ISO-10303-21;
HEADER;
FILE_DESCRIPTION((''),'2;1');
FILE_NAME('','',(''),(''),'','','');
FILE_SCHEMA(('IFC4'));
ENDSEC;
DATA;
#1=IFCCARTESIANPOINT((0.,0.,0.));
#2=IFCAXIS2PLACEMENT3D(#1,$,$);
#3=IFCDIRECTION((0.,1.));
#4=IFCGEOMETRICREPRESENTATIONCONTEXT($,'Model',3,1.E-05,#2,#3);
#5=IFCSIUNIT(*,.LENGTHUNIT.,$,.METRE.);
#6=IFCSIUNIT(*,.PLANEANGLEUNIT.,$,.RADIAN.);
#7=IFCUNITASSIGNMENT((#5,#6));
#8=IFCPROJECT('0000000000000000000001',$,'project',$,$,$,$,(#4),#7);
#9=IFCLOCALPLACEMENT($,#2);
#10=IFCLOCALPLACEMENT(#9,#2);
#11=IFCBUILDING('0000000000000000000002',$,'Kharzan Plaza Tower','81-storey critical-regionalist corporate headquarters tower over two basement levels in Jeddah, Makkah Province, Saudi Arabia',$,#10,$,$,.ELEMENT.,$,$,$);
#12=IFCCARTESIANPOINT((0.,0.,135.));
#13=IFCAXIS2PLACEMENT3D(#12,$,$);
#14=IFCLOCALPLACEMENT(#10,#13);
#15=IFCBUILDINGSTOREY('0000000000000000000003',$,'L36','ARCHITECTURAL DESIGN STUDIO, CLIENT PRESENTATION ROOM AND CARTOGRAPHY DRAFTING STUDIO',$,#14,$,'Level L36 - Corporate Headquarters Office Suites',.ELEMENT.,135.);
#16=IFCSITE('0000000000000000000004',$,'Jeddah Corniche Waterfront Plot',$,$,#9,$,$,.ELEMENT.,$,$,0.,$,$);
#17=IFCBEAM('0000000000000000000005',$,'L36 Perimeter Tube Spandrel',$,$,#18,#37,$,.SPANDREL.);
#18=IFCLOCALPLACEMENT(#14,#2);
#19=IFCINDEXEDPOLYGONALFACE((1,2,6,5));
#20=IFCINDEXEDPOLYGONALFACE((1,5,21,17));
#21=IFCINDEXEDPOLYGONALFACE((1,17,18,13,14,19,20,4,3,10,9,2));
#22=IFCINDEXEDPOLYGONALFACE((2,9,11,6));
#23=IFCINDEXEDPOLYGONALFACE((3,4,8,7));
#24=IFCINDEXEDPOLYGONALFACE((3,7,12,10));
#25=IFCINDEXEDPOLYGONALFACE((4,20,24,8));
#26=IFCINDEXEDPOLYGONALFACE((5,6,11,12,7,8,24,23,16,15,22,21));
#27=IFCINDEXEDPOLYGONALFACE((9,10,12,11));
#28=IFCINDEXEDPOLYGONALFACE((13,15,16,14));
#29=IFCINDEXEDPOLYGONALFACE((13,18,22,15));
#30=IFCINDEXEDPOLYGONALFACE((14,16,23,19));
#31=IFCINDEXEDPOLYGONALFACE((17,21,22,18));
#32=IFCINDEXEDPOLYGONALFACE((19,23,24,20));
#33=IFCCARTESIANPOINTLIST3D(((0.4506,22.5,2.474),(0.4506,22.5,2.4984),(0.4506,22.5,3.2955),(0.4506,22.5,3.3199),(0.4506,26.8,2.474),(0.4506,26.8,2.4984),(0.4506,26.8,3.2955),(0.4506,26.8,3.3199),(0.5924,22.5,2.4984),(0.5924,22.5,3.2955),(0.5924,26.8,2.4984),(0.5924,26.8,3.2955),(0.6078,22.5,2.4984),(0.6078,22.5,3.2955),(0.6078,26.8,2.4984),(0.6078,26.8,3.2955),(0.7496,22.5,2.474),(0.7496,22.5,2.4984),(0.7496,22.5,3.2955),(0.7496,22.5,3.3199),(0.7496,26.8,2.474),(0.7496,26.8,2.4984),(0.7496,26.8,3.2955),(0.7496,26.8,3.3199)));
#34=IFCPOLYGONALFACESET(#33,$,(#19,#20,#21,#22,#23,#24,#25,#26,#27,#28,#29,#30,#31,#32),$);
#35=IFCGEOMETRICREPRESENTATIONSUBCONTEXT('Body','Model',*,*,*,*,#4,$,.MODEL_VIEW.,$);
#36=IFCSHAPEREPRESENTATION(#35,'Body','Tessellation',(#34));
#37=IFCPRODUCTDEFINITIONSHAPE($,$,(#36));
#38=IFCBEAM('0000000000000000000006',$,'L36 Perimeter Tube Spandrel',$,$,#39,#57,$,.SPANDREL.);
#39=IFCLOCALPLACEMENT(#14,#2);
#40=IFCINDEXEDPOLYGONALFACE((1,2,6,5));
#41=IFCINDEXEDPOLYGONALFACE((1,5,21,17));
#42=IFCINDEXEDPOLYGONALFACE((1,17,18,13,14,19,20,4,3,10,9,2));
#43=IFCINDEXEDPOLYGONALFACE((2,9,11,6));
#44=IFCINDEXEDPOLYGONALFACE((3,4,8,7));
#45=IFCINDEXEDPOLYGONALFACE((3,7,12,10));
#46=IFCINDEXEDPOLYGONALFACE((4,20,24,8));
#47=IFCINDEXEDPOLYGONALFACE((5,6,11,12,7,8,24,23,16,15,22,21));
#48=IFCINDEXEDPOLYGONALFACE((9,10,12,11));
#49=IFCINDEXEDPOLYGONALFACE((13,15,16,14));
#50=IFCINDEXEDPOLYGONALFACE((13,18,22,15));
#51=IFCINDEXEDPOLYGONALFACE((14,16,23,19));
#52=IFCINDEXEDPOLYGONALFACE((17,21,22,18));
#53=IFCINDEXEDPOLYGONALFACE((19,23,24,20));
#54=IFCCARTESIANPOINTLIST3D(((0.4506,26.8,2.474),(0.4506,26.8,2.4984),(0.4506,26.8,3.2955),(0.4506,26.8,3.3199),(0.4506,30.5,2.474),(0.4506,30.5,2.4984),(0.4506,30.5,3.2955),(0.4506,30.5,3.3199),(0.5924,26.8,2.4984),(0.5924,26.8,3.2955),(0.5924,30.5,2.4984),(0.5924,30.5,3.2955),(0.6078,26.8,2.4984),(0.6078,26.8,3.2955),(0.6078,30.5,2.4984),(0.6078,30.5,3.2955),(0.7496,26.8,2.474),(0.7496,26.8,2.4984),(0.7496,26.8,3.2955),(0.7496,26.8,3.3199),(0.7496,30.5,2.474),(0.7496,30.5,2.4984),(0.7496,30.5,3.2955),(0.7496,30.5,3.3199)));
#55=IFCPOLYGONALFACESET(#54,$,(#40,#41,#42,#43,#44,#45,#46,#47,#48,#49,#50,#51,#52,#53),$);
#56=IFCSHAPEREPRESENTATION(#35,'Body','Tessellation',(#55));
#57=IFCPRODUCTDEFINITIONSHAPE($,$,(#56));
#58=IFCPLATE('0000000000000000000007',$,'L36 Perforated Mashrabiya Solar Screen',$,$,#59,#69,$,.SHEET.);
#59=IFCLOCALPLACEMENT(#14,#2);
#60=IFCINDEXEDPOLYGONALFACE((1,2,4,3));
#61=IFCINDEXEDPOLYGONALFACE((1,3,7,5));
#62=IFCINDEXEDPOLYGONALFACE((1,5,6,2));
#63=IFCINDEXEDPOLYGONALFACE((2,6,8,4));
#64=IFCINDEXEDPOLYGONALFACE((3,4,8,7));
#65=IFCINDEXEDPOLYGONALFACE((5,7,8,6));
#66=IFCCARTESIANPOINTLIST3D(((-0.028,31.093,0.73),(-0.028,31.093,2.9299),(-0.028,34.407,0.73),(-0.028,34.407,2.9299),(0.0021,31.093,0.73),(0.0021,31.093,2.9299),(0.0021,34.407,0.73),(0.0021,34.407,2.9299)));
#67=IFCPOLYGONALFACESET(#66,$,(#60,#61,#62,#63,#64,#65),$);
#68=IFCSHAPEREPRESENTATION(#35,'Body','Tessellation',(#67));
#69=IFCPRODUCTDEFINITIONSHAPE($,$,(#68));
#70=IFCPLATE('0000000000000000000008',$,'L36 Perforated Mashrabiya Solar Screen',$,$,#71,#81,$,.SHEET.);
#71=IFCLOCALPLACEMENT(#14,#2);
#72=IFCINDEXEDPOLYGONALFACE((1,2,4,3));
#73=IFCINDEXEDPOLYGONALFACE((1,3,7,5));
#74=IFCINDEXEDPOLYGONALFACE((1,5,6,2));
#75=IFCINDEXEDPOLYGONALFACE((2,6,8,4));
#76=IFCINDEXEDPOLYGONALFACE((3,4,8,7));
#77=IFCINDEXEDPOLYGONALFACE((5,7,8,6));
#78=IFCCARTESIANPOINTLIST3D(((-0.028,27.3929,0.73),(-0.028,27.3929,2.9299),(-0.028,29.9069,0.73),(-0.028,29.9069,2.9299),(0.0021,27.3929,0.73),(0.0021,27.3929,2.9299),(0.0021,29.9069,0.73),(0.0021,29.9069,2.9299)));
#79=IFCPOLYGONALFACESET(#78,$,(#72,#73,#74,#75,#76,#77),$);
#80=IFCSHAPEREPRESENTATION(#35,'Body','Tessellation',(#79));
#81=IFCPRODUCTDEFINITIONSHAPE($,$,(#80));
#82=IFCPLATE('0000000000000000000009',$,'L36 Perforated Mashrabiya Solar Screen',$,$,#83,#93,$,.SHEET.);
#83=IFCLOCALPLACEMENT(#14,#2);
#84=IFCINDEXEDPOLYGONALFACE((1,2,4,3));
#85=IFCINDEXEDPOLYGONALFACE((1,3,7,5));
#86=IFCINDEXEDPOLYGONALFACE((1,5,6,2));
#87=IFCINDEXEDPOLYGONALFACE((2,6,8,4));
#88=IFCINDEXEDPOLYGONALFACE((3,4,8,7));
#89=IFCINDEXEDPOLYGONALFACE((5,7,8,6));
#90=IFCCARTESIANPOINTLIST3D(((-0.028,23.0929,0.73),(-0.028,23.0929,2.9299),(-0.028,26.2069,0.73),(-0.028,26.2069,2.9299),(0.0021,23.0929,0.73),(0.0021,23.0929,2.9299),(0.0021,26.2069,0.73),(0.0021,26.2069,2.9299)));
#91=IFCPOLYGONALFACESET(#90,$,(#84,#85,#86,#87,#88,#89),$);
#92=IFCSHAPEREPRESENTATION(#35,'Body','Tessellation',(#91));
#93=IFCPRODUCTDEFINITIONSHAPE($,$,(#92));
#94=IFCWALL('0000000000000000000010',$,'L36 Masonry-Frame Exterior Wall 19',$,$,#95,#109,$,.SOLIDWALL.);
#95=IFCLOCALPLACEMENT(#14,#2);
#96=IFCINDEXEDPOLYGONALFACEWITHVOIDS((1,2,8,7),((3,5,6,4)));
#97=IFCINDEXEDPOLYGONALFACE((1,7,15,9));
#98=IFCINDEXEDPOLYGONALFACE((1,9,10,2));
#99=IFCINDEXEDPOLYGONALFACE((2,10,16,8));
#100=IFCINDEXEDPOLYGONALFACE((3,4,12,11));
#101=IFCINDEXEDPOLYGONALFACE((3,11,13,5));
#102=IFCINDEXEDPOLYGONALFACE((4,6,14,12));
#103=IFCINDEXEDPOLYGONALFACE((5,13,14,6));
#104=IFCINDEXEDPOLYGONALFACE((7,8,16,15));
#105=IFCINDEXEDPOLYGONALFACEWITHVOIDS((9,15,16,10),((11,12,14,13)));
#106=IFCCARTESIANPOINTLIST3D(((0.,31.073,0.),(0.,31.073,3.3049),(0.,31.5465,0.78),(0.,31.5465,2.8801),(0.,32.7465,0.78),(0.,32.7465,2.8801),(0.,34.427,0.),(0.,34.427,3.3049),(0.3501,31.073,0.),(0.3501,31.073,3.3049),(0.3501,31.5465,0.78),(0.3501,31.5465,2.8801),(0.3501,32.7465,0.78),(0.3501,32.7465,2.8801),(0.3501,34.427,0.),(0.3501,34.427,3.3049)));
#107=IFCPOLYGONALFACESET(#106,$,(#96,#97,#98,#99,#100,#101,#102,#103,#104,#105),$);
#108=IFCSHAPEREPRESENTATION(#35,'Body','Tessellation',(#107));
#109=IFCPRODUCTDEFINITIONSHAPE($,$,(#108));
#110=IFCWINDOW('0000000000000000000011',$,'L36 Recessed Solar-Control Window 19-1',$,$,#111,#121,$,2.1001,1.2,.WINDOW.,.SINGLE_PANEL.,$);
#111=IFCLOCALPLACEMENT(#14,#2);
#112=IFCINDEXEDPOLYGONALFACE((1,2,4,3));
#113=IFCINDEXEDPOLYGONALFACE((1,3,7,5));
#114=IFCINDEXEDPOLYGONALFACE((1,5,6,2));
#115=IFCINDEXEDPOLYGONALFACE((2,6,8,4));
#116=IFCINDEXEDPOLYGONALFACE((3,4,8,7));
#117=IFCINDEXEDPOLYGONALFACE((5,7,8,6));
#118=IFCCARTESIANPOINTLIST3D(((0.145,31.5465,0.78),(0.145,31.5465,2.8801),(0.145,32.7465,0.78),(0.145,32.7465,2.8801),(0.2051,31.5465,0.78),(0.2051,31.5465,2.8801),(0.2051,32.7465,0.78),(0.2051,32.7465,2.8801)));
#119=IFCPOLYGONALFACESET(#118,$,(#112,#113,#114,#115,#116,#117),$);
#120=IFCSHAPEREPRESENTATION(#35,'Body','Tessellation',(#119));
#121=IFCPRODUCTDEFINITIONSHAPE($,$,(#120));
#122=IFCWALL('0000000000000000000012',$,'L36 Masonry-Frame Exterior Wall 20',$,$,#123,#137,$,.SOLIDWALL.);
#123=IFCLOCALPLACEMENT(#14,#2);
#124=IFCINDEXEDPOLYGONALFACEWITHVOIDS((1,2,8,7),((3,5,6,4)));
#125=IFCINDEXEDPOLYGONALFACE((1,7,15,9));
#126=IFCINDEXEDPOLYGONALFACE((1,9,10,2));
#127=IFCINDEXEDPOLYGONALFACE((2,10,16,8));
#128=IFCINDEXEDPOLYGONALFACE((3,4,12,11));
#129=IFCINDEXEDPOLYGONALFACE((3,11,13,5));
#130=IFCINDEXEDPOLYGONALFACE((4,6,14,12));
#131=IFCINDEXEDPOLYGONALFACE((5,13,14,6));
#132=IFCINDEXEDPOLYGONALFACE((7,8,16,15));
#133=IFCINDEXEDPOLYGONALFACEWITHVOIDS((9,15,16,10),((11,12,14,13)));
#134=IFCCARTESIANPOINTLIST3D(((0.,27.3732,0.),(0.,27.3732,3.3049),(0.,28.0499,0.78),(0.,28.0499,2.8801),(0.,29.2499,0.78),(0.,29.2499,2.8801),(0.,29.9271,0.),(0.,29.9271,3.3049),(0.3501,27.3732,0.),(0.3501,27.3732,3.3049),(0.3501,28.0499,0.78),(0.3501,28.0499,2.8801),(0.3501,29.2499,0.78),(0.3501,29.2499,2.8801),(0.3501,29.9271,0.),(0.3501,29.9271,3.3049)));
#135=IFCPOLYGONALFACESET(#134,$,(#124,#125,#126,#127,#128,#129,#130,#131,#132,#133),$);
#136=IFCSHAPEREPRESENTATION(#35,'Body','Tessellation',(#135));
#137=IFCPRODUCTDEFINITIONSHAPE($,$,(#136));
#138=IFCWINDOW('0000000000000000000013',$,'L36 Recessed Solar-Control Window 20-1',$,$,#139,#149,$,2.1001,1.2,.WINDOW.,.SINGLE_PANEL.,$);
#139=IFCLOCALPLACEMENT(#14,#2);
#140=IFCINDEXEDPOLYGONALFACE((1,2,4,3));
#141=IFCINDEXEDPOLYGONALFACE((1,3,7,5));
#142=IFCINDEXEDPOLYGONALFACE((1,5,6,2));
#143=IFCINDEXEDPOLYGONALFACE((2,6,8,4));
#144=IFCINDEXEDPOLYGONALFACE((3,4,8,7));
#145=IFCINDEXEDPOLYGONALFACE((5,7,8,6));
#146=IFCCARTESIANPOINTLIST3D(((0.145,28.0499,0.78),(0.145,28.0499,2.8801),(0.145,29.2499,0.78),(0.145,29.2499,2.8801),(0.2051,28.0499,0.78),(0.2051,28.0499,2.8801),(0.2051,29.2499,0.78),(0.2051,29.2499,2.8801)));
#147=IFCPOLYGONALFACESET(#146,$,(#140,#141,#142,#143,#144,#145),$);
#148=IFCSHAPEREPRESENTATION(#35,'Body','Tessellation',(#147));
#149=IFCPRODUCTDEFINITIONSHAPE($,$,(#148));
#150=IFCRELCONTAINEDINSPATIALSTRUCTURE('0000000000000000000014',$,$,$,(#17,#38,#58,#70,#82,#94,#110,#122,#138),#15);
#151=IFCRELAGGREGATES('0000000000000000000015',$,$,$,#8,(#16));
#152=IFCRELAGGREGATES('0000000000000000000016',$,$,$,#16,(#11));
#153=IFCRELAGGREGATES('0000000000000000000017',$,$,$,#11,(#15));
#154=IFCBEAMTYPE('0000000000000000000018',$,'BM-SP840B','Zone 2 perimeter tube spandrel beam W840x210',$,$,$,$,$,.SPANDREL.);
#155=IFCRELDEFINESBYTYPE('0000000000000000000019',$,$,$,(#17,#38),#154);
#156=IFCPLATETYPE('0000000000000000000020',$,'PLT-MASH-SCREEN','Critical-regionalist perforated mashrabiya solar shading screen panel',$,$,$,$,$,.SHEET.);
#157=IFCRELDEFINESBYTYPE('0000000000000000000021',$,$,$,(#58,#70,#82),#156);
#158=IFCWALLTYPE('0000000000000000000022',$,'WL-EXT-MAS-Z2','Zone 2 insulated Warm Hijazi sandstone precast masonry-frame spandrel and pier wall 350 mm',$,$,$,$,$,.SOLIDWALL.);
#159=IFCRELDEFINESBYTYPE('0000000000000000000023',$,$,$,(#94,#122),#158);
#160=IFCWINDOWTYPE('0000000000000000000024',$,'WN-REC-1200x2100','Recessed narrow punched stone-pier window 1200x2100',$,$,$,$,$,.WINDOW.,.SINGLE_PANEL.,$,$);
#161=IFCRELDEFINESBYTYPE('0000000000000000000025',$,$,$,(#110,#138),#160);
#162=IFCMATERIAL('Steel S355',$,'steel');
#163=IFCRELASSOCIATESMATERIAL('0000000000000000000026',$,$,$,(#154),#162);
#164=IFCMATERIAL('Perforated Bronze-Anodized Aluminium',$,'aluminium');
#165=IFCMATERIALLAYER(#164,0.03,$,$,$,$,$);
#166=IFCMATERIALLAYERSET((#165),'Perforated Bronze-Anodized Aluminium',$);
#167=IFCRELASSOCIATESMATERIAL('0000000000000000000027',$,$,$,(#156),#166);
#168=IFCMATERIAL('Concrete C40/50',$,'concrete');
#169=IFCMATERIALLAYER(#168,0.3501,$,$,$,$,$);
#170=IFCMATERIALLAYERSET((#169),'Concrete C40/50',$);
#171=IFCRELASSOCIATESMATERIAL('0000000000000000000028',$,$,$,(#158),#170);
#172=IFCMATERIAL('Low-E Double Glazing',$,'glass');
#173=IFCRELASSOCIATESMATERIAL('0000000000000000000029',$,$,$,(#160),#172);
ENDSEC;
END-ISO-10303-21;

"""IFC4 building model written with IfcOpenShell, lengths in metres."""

from ifc_helpers import new_model, si_unit, direction, frame, frame_2d, origin, origin_2d, place, context, subcontext, project, spatial, rectangle, i_section, extrude, source, transform, mapped, material, layer, layer_set, material_profile, profile_set, type_object, element, fill, save


model = new_model("IFC4")

# Units and contexts
model_context = context("Model", 3, precision=1e-05, world=origin(), true_north=direction((0.0, 1.0)))
body_context = subcontext(model_context, "Body", "Model", "MODEL_VIEW")
ifc_project = project(units=[si_unit("LENGTHUNIT", "METRE"), si_unit("PLANEANGLEUNIT", "RADIAN")], contexts=[model_context])

# Site, building, storey
site_placement = place(None, origin())
site = spatial("IfcSite", under=ifc_project, at=site_placement, Name="Jeddah Corniche Waterfront Plot", CompositionType="ELEMENT", RefElevation=0.0)
building_placement = place(site_placement, origin())
building = spatial("IfcBuilding", under=site, at=building_placement, Name="Kharzan Plaza Tower", Description="81-storey critical-regionalist corporate headquarters tower over two basement levels in Jeddah, Makkah Province, Saudi Arabia", CompositionType="ELEMENT")
storey_placement = place(building_placement, frame((0.0, 0.0, 135.0)))
storey = spatial("IfcBuildingStorey", under=building, at=storey_placement, Name="L36", Description="ARCHITECTURAL DESIGN STUDIO, CLIENT PRESENTATION ROOM AND CARTOGRAPHY DRAFTING STUDIO", LongName="Level L36 - Corporate Headquarters Office Suites", CompositionType="ELEMENT", Elevation=135.0)

# Beams
ifc_material_1 = material(Name="Steel S355", Category="steel")
ifc_material_profile_1 = material_profile(ifc_material_1, i_section(OverallWidth=0.2991, OverallDepth=0.8459, WebThickness=0.0154, FlangeThickness=0.0244, at=origin_2d()), Name="W840x210")
ifc_profile_set_1 = profile_set([ifc_material_profile_1], Name="Steel S355")
beam_type_1 = type_object("IfcBeamType", Name="BM-SP840B", Description="Zone 2 perimeter tube spandrel beam W840x210", PredefinedType="SPANDREL", material=ifc_profile_set_1)
shared_shape_1 = source(origin(), body_context, "Body", "SweptSolid", [
    extrude(i_section(OverallWidth=0.2991, OverallDepth=0.8459, WebThickness=0.0154, FlangeThickness=0.0244, at=origin_2d()), origin(), (0.0, 0.0, 1.0), 4.3),
])
beam_1_placement = place(storey_placement, frame((0.6001, 22.5, 2.897), z_axis=(0.0, 1.0, 0.0), x_axis=(-1.0, 0.0, 0.0)))
element("IfcBeam", 1, at=beam_1_placement, inside=storey, type_object=beam_type_1, Name="L36 Perimeter Tube Spandrel", PredefinedType="SPANDREL", context=body_context, shape_type="MappedRepresentation", body=[
    mapped(shared_shape_1, transform((0.0, 0.0, 0.0), x_axis=(1.0, 0.0, 0.0), y_axis=(0.0, 1.0, 0.0), z_axis=(0.0, 0.0, 1.0))),
])
shared_shape_2 = source(origin(), body_context, "Body", "SweptSolid", [
    extrude(i_section(OverallWidth=0.2991, OverallDepth=0.8459, WebThickness=0.0154, FlangeThickness=0.0244, at=origin_2d()), origin(), (0.0, 0.0, 1.0), 3.7),
])
beam_2_placement = place(storey_placement, frame((0.6001, 26.8, 2.897), z_axis=(0.0, 1.0, 0.0), x_axis=(-1.0, 0.0, 0.0)))
element("IfcBeam", 2, at=beam_2_placement, inside=storey, type_object=beam_type_1, Name="L36 Perimeter Tube Spandrel", PredefinedType="SPANDREL", context=body_context, shape_type="MappedRepresentation", body=[
    mapped(shared_shape_2, transform((0.0, 0.0, 0.0), x_axis=(1.0, 0.0, 0.0), y_axis=(0.0, 1.0, 0.0), z_axis=(0.0, 0.0, 1.0))),
])

# Plates
ifc_material_2 = material(Name="Perforated Bronze-Anodized Aluminium", Category="aluminium")
ifc_layer_1 = layer(ifc_material_2, 0.03)
ifc_layer_set_1 = layer_set([ifc_layer_1], Name="Perforated Bronze-Anodized Aluminium")
plate_type = type_object("IfcPlateType", Name="PLT-MASH-SCREEN", Description="Critical-regionalist perforated mashrabiya solar shading screen panel", PredefinedType="SHEET", material=ifc_layer_set_1)
shared_shape_3 = source(origin(), body_context, "Body", "SweptSolid", [
    extrude(rectangle(XDim=3.314, YDim=0.03, at=origin_2d()), origin(), (0.0, 0.0, 1.0), 2.2),
])
plate_1_placement = place(storey_placement, frame((-0.0129, 32.75, 0.73), z_axis=(0.0, 0.0, 1.0), x_axis=(0.0, -1.0, 0.0)))
element("IfcPlate", 3, at=plate_1_placement, inside=storey, type_object=plate_type, Name="L36 Perforated Mashrabiya Solar Screen", PredefinedType="SHEET", context=body_context, shape_type="MappedRepresentation", body=[
    mapped(shared_shape_3, transform((0.0, 0.0, 0.0), x_axis=(1.0, 0.0, 0.0), y_axis=(0.0, 1.0, 0.0), z_axis=(0.0, 0.0, 1.0))),
])
shared_shape_4 = source(origin(), body_context, "Body", "SweptSolid", [
    extrude(rectangle(XDim=2.5139, YDim=0.03, at=origin_2d()), origin(), (0.0, 0.0, 1.0), 2.2),
])
plate_2_placement = place(storey_placement, frame((-0.0129, 28.6499, 0.73), z_axis=(0.0, 0.0, 1.0), x_axis=(0.0, -1.0, 0.0)))
element("IfcPlate", 4, at=plate_2_placement, inside=storey, type_object=plate_type, Name="L36 Perforated Mashrabiya Solar Screen", PredefinedType="SHEET", context=body_context, shape_type="MappedRepresentation", body=[
    mapped(shared_shape_4, transform((0.0, 0.0, 0.0), x_axis=(1.0, 0.0, 0.0), y_axis=(0.0, 1.0, 0.0), z_axis=(0.0, 0.0, 1.0))),
])
shared_shape_5 = source(origin(), body_context, "Body", "SweptSolid", [
    extrude(rectangle(XDim=3.114, YDim=0.03, at=origin_2d()), origin(), (0.0, 0.0, 1.0), 2.2),
])
plate_3_placement = place(storey_placement, frame((-0.0129, 24.6499, 0.73), z_axis=(0.0, 0.0, 1.0), x_axis=(0.0, -1.0, 0.0)))
element("IfcPlate", 5, at=plate_3_placement, inside=storey, type_object=plate_type, Name="L36 Perforated Mashrabiya Solar Screen", PredefinedType="SHEET", context=body_context, shape_type="MappedRepresentation", body=[
    mapped(shared_shape_5, transform((0.0, 0.0, 0.0), x_axis=(1.0, 0.0, 0.0), y_axis=(0.0, 1.0, 0.0), z_axis=(0.0, 0.0, 1.0))),
])

# Walls, openings, windows
ifc_material_3 = material(Name="Concrete C40/50", Category="concrete")
ifc_layer_2 = layer(ifc_material_3, 0.3501)
ifc_layer_set_2 = layer_set([ifc_layer_2], Name="Concrete C40/50")
wall_type_1 = type_object("IfcWallType", Name="WL-EXT-MAS-Z2", Description="Zone 2 insulated Warm Hijazi sandstone precast masonry-frame spandrel and pier wall 350 mm", PredefinedType="SOLIDWALL", material=ifc_layer_set_2)
wall_1_placement = place(storey_placement, frame((0.175, 34.427, 0.0), z_axis=(0.0, 0.0, 1.0), x_axis=(0.0, -1.0, 0.0)))
wall_1 = element("IfcWall", 6, at=wall_1_placement, inside=storey, type_object=wall_type_1, Name="L36 Masonry-Frame Exterior Wall 19", PredefinedType="SOLIDWALL", context=body_context, shape_type="SweptSolid", body=[
    extrude(rectangle(XDim=3.354, YDim=0.3501, at=frame_2d((1.677, 0.0))), origin(), (0.0, 0.0, 1.0), 3.3049),
])
opening_1_placement = place(wall_1_placement, frame((1.6804, 0.0, 0.78)))
opening_1 = element("IfcOpeningElement", 7, at=opening_1_placement, cuts=wall_1, PredefinedType="OPENING", context=body_context, shape_type="SweptSolid", body=[
    extrude(rectangle(XDim=1.2, YDim=2.1001, at=frame_2d((0.6001, 1.05))), frame((0.0, 0.1851, 0.0), z_axis=(0.0, -1.0, 0.0), x_axis=(1.0, 0.0, 0.0)), (0.0, 0.0, 1.0), 0.3701),
])
ifc_material_4 = material(Name="Low-E Double Glazing", Category="glass")
window_type_1 = type_object("IfcWindowType", Name="WN-REC-1200x2100", Description="Recessed narrow punched stone-pier window 1200x2100", PartitioningType="SINGLE_PANEL", PredefinedType="WINDOW", material=ifc_material_4)
shared_shape_6 = source(origin(), body_context, "Body", "SweptSolid", [
    extrude(rectangle(XDim=1.2, YDim=2.1001, at=frame_2d((0.6001, 1.05))), frame((0.0, 0.03, 0.0), z_axis=(0.0, -1.0, 0.0), x_axis=(1.0, 0.0, 0.0)), (0.0, 0.0, 1.0), 0.0601),
])
window_1_placement = place(opening_1_placement, origin())
window_1 = element("IfcWindow", 8, at=window_1_placement, inside=storey, type_object=window_type_1, Name="L36 Recessed Solar-Control Window 19-1", OverallHeight=2.1001, OverallWidth=1.2, PartitioningType="SINGLE_PANEL", PredefinedType="WINDOW", context=body_context, shape_type="MappedRepresentation", body=[
    mapped(shared_shape_6, transform((0.0, 0.0, 0.0), x_axis=(1.0, 0.0, 0.0), y_axis=(0.0, 1.0, 0.0), z_axis=(0.0, 0.0, 1.0))),
])
fill(opening_1, window_1)
wall_2_placement = place(storey_placement, frame((0.175, 29.927, 0.0), z_axis=(0.0, 0.0, 1.0), x_axis=(0.0, -1.0, 0.0)))
wall_2 = element("IfcWall", 9, at=wall_2_placement, inside=storey, type_object=wall_type_1, Name="L36 Masonry-Frame Exterior Wall 20", PredefinedType="SOLIDWALL", context=body_context, shape_type="SweptSolid", body=[
    extrude(rectangle(XDim=2.554, YDim=0.3501, at=frame_2d((1.2769, 0.0))), origin(), (0.0, 0.0, 1.0), 3.3049),
])
opening_2_placement = place(wall_2_placement, frame((0.677, 0.0, 0.78)))
opening_2 = element("IfcOpeningElement", 10, at=opening_2_placement, cuts=wall_2, PredefinedType="OPENING", context=body_context, shape_type="SweptSolid", body=[
    extrude(rectangle(XDim=1.2, YDim=2.1001, at=frame_2d((0.6001, 1.05))), frame((0.0, 0.1851, 0.0), z_axis=(0.0, -1.0, 0.0), x_axis=(1.0, 0.0, 0.0)), (0.0, 0.0, 1.0), 0.3701),
])
window_2_placement = place(opening_2_placement, origin())
window_2 = element("IfcWindow", 11, at=window_2_placement, inside=storey, type_object=window_type_1, Name="L36 Recessed Solar-Control Window 20-1", OverallHeight=2.1001, OverallWidth=1.2, PartitioningType="SINGLE_PANEL", PredefinedType="WINDOW", context=body_context, shape_type="MappedRepresentation", body=[
    mapped(shared_shape_6, transform((0.0, 0.0, 0.0), x_axis=(1.0, 0.0, 0.0), y_axis=(0.0, 1.0, 0.0), z_axis=(0.0, 0.0, 1.0))),
])
fill(opening_2, window_2)

save(model, "model.ifc")
